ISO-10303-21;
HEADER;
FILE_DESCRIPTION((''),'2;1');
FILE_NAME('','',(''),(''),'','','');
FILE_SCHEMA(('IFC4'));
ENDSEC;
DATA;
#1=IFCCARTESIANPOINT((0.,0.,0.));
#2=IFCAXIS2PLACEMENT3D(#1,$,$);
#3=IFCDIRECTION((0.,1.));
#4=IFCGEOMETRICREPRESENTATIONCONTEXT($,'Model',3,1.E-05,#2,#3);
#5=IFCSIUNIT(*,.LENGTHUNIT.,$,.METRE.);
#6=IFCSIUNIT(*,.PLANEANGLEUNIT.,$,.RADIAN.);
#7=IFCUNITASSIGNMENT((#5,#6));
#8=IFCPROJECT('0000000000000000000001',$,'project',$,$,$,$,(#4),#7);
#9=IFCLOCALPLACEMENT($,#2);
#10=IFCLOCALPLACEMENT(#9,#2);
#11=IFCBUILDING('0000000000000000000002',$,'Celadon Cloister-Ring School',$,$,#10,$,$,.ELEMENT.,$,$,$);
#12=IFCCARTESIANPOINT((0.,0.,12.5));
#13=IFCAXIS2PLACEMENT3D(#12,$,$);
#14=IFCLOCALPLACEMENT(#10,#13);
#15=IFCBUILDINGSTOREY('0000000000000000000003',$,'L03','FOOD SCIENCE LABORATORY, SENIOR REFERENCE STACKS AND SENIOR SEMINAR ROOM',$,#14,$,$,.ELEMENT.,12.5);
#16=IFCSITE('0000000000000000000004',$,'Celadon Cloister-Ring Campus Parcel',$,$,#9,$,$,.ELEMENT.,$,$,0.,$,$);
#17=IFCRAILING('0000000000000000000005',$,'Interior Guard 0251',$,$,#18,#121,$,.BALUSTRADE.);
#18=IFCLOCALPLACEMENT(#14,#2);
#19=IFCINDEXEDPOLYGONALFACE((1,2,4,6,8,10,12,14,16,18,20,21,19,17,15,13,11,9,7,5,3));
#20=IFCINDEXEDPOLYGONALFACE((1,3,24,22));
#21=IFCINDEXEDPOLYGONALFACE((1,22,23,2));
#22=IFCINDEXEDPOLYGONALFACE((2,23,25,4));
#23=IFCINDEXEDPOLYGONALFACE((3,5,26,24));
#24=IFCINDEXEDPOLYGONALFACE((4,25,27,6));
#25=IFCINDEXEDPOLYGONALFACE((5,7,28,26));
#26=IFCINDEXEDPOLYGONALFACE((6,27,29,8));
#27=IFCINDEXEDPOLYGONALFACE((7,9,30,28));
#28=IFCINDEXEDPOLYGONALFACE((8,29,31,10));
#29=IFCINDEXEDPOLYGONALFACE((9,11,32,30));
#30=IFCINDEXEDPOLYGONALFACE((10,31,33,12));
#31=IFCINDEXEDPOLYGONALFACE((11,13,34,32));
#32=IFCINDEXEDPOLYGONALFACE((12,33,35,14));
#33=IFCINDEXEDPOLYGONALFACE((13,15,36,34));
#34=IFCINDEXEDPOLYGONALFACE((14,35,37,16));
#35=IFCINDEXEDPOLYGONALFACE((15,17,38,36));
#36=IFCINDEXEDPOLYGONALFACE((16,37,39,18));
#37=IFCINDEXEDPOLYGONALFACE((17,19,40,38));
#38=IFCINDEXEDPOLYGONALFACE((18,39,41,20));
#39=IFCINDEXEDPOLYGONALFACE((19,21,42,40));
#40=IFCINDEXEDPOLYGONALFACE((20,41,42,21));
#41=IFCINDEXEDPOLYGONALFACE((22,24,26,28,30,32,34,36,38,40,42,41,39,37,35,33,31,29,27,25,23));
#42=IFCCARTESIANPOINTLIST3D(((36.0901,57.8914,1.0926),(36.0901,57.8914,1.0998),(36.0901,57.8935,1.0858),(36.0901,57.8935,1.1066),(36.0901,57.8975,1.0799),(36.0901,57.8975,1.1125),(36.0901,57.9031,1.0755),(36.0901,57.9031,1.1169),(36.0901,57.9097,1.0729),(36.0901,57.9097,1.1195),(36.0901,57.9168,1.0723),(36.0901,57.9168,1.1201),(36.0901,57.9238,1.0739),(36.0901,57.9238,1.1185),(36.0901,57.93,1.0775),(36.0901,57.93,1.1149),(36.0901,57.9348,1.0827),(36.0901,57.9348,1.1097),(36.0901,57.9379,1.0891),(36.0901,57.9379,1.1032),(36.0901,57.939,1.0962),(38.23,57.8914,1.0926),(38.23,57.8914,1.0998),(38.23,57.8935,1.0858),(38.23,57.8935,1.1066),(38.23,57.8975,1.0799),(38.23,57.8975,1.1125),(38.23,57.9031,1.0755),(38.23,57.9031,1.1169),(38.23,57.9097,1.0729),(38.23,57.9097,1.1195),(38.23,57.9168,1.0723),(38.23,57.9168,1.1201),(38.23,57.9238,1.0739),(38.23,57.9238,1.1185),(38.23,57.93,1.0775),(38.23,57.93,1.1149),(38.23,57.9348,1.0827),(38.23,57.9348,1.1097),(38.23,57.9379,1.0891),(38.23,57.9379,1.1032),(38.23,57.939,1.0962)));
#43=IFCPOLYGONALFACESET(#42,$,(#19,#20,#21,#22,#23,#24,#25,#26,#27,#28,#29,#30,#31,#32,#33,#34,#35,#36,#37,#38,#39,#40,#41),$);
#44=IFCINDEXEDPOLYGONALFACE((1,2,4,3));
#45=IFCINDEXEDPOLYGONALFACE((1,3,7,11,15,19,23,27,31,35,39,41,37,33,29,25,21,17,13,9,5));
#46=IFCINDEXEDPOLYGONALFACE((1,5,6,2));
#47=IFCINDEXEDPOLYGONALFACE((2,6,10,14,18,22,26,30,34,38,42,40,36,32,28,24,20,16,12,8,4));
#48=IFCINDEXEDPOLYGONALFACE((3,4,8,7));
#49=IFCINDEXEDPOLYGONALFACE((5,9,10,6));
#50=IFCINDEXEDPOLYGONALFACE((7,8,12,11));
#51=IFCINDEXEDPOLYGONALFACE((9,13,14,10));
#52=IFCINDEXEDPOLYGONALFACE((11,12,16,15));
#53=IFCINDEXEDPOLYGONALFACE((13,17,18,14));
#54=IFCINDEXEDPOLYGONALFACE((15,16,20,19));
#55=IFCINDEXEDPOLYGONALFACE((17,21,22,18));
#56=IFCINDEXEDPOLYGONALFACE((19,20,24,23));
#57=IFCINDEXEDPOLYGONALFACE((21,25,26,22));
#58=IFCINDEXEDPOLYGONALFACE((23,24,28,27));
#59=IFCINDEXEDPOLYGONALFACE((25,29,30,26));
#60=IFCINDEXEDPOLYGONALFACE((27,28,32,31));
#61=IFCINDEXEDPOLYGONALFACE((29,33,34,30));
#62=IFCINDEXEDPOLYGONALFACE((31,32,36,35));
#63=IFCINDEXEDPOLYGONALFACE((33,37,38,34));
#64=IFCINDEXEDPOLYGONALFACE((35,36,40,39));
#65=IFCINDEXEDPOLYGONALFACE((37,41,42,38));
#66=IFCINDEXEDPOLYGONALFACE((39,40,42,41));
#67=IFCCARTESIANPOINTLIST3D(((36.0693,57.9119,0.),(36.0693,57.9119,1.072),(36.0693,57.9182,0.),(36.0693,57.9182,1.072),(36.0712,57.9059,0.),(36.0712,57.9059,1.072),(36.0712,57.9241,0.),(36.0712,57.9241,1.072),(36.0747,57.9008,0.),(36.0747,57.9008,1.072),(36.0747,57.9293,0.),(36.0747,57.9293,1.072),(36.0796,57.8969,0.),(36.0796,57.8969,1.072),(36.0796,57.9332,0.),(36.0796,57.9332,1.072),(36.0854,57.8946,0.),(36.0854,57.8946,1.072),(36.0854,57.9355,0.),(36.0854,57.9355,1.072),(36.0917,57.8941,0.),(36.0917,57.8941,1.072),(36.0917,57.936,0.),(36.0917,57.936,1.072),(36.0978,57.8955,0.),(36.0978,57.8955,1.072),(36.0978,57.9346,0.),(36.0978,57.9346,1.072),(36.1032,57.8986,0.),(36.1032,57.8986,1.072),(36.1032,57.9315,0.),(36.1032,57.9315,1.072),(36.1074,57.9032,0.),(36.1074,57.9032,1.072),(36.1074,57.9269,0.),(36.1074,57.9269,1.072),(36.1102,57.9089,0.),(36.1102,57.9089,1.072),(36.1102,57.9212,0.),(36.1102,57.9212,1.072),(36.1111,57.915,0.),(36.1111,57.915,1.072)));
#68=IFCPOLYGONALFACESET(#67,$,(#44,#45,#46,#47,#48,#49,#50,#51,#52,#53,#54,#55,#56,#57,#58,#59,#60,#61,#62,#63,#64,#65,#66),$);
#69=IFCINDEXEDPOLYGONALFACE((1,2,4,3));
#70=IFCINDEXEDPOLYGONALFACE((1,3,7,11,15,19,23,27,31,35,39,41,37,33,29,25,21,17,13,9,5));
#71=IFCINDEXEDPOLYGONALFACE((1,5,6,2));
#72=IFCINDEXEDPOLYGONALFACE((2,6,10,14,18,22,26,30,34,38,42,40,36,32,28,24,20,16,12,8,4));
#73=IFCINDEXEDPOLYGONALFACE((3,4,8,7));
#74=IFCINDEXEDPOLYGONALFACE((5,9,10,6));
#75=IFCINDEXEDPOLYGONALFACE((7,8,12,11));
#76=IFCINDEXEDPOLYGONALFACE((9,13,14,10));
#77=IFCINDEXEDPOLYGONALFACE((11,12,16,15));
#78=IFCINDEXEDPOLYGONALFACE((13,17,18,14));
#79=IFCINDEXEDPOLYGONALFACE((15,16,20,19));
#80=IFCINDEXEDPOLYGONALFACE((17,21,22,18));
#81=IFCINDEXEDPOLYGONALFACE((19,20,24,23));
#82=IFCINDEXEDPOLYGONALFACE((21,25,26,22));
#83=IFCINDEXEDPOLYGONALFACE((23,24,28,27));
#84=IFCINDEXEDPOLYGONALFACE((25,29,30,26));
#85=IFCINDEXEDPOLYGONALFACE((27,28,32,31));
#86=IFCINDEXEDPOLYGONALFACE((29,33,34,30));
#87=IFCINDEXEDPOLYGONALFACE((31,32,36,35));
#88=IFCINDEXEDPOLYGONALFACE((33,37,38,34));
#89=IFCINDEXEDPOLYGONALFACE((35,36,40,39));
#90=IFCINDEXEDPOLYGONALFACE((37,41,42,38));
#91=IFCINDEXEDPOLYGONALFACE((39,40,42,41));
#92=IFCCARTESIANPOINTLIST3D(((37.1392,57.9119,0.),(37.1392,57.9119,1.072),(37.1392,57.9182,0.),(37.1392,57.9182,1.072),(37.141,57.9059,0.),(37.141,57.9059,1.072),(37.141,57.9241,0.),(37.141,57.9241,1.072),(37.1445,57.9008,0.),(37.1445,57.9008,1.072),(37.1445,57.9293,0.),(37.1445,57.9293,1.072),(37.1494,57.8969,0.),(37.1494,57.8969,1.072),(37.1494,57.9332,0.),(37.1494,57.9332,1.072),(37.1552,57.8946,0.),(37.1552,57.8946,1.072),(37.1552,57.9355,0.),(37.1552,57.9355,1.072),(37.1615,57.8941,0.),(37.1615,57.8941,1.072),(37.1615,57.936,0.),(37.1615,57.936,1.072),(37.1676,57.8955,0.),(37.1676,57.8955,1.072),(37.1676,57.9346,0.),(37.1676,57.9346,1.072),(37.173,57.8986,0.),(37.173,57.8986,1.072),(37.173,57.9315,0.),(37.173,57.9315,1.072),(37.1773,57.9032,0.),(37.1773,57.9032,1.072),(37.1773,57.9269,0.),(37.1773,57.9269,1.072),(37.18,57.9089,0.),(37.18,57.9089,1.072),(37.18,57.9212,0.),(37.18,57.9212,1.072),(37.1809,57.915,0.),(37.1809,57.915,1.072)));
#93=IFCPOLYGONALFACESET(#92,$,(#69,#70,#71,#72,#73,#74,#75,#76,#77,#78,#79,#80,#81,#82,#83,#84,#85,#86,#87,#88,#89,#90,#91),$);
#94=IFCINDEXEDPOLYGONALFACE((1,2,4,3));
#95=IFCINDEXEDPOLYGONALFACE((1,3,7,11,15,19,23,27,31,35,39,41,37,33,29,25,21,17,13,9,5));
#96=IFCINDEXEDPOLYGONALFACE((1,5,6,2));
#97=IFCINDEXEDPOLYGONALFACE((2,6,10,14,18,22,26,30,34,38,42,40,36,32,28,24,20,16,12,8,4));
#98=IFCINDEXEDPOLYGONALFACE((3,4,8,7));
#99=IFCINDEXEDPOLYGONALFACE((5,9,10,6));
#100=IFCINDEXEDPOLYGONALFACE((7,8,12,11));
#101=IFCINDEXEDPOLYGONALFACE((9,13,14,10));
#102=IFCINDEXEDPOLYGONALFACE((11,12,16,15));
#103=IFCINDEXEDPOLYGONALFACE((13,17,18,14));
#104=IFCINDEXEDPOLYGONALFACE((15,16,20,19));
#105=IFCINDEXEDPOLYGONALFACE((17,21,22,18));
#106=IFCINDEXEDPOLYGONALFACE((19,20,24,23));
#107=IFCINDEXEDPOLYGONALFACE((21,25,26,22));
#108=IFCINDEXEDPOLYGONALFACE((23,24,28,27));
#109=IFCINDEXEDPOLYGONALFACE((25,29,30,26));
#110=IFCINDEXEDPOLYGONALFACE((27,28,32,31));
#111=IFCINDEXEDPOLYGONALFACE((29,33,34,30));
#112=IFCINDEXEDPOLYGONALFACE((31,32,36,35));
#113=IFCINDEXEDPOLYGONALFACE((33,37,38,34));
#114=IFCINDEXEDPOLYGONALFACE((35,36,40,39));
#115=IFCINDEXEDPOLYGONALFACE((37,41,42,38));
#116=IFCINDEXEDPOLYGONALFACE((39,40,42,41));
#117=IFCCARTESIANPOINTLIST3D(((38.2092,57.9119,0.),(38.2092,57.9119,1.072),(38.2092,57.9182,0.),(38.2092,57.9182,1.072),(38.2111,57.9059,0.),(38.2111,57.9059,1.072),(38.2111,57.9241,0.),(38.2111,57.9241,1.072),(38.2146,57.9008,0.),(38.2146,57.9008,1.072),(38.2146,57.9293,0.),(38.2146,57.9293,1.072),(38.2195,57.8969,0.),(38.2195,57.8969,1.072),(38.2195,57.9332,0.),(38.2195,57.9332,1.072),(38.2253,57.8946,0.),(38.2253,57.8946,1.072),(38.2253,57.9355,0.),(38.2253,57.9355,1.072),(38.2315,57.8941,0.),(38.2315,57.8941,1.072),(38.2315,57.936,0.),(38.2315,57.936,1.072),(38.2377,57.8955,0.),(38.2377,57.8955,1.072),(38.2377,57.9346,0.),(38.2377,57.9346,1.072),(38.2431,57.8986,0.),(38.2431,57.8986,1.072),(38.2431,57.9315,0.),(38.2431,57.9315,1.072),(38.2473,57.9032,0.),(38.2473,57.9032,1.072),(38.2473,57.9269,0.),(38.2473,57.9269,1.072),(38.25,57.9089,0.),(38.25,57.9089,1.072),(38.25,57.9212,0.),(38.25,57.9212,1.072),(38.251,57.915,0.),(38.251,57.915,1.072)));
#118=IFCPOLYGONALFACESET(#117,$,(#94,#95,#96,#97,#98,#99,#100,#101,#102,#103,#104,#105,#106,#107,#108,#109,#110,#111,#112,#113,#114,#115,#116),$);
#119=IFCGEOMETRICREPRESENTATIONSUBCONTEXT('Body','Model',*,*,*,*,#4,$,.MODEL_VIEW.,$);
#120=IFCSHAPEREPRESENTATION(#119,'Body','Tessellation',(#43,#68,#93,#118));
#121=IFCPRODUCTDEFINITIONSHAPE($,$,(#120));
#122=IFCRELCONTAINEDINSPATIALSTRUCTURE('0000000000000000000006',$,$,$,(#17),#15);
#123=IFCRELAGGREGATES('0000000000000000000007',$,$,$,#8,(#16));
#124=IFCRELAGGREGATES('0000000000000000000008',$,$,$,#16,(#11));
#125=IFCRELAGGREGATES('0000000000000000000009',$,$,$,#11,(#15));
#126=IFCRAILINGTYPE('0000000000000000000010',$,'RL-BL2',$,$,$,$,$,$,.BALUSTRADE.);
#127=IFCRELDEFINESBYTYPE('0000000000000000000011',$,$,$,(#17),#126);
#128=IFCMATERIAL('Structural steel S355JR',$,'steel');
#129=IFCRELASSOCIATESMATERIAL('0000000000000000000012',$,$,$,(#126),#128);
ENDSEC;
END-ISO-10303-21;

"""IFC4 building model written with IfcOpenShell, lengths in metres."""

from ifc_helpers import new_model, si_unit, direction, frame, origin, origin_2d, place, context, subcontext, project, spatial, circle, extrude, material, type_object, element, save


model = new_model("IFC4")

# Units and contexts
model_context = context("Model", 3, precision=1e-05, world=origin(), true_north=direction((0.0, 1.0)))
body_context = subcontext(model_context, "Body", "Model", "MODEL_VIEW")
ifc_project = project(units=[si_unit("LENGTHUNIT", "METRE"), si_unit("PLANEANGLEUNIT", "RADIAN")], contexts=[model_context])

# Site, building, storey
site_placement = place(None, origin())
site = spatial("IfcSite", under=ifc_project, at=site_placement, Name="Celadon Cloister-Ring Campus Parcel", CompositionType="ELEMENT", RefElevation=0.0)
building_placement = place(site_placement, origin())
building = spatial("IfcBuilding", under=site, at=building_placement, Name="Celadon Cloister-Ring School", CompositionType="ELEMENT")
storey_placement = place(building_placement, frame((0.0, 0.0, 12.5)))
storey = spatial("IfcBuildingStorey", under=building, at=storey_placement, Name="L03", Description="FOOD SCIENCE LABORATORY, SENIOR REFERENCE STACKS AND SENIOR SEMINAR ROOM", CompositionType="ELEMENT", Elevation=12.5)

# Railing
ifc_material_1 = material(Name="Structural steel S355JR", Category="steel")
railing_type_1 = type_object("IfcRailingType", Name="RL-BL2", PredefinedType="BALUSTRADE", material=ifc_material_1)
railing_1_placement = place(storey_placement, frame((36.0901, 57.915, 0.0)))
element("IfcRailing", 1, at=railing_1_placement, inside=storey, type_object=railing_type_1, Name="Interior Guard 0251", PredefinedType="BALUSTRADE", context=body_context, shape_type="SweptSolid", body=[
    extrude(circle(Radius=0.0239, at=origin_2d()), frame((0.0, 0.0, 1.0962), z_axis=(1.0, 0.0, 0.0), x_axis=(0.0, 1.0, 0.0)), (0.0, 0.0, 1.0), 2.1399),
    extrude(circle(Radius=0.021, at=origin_2d()), origin(), (0.0, 0.0, 1.0), 1.072),
    extrude(circle(Radius=0.021, at=origin_2d()), frame((1.0698, 0.0, 0.0)), (0.0, 0.0, 1.0), 1.072),
    extrude(circle(Radius=0.021, at=origin_2d()), frame((2.1399, 0.0, 0.0)), (0.0, 0.0, 1.0), 1.072),
])

save(model, "model.ifc")
